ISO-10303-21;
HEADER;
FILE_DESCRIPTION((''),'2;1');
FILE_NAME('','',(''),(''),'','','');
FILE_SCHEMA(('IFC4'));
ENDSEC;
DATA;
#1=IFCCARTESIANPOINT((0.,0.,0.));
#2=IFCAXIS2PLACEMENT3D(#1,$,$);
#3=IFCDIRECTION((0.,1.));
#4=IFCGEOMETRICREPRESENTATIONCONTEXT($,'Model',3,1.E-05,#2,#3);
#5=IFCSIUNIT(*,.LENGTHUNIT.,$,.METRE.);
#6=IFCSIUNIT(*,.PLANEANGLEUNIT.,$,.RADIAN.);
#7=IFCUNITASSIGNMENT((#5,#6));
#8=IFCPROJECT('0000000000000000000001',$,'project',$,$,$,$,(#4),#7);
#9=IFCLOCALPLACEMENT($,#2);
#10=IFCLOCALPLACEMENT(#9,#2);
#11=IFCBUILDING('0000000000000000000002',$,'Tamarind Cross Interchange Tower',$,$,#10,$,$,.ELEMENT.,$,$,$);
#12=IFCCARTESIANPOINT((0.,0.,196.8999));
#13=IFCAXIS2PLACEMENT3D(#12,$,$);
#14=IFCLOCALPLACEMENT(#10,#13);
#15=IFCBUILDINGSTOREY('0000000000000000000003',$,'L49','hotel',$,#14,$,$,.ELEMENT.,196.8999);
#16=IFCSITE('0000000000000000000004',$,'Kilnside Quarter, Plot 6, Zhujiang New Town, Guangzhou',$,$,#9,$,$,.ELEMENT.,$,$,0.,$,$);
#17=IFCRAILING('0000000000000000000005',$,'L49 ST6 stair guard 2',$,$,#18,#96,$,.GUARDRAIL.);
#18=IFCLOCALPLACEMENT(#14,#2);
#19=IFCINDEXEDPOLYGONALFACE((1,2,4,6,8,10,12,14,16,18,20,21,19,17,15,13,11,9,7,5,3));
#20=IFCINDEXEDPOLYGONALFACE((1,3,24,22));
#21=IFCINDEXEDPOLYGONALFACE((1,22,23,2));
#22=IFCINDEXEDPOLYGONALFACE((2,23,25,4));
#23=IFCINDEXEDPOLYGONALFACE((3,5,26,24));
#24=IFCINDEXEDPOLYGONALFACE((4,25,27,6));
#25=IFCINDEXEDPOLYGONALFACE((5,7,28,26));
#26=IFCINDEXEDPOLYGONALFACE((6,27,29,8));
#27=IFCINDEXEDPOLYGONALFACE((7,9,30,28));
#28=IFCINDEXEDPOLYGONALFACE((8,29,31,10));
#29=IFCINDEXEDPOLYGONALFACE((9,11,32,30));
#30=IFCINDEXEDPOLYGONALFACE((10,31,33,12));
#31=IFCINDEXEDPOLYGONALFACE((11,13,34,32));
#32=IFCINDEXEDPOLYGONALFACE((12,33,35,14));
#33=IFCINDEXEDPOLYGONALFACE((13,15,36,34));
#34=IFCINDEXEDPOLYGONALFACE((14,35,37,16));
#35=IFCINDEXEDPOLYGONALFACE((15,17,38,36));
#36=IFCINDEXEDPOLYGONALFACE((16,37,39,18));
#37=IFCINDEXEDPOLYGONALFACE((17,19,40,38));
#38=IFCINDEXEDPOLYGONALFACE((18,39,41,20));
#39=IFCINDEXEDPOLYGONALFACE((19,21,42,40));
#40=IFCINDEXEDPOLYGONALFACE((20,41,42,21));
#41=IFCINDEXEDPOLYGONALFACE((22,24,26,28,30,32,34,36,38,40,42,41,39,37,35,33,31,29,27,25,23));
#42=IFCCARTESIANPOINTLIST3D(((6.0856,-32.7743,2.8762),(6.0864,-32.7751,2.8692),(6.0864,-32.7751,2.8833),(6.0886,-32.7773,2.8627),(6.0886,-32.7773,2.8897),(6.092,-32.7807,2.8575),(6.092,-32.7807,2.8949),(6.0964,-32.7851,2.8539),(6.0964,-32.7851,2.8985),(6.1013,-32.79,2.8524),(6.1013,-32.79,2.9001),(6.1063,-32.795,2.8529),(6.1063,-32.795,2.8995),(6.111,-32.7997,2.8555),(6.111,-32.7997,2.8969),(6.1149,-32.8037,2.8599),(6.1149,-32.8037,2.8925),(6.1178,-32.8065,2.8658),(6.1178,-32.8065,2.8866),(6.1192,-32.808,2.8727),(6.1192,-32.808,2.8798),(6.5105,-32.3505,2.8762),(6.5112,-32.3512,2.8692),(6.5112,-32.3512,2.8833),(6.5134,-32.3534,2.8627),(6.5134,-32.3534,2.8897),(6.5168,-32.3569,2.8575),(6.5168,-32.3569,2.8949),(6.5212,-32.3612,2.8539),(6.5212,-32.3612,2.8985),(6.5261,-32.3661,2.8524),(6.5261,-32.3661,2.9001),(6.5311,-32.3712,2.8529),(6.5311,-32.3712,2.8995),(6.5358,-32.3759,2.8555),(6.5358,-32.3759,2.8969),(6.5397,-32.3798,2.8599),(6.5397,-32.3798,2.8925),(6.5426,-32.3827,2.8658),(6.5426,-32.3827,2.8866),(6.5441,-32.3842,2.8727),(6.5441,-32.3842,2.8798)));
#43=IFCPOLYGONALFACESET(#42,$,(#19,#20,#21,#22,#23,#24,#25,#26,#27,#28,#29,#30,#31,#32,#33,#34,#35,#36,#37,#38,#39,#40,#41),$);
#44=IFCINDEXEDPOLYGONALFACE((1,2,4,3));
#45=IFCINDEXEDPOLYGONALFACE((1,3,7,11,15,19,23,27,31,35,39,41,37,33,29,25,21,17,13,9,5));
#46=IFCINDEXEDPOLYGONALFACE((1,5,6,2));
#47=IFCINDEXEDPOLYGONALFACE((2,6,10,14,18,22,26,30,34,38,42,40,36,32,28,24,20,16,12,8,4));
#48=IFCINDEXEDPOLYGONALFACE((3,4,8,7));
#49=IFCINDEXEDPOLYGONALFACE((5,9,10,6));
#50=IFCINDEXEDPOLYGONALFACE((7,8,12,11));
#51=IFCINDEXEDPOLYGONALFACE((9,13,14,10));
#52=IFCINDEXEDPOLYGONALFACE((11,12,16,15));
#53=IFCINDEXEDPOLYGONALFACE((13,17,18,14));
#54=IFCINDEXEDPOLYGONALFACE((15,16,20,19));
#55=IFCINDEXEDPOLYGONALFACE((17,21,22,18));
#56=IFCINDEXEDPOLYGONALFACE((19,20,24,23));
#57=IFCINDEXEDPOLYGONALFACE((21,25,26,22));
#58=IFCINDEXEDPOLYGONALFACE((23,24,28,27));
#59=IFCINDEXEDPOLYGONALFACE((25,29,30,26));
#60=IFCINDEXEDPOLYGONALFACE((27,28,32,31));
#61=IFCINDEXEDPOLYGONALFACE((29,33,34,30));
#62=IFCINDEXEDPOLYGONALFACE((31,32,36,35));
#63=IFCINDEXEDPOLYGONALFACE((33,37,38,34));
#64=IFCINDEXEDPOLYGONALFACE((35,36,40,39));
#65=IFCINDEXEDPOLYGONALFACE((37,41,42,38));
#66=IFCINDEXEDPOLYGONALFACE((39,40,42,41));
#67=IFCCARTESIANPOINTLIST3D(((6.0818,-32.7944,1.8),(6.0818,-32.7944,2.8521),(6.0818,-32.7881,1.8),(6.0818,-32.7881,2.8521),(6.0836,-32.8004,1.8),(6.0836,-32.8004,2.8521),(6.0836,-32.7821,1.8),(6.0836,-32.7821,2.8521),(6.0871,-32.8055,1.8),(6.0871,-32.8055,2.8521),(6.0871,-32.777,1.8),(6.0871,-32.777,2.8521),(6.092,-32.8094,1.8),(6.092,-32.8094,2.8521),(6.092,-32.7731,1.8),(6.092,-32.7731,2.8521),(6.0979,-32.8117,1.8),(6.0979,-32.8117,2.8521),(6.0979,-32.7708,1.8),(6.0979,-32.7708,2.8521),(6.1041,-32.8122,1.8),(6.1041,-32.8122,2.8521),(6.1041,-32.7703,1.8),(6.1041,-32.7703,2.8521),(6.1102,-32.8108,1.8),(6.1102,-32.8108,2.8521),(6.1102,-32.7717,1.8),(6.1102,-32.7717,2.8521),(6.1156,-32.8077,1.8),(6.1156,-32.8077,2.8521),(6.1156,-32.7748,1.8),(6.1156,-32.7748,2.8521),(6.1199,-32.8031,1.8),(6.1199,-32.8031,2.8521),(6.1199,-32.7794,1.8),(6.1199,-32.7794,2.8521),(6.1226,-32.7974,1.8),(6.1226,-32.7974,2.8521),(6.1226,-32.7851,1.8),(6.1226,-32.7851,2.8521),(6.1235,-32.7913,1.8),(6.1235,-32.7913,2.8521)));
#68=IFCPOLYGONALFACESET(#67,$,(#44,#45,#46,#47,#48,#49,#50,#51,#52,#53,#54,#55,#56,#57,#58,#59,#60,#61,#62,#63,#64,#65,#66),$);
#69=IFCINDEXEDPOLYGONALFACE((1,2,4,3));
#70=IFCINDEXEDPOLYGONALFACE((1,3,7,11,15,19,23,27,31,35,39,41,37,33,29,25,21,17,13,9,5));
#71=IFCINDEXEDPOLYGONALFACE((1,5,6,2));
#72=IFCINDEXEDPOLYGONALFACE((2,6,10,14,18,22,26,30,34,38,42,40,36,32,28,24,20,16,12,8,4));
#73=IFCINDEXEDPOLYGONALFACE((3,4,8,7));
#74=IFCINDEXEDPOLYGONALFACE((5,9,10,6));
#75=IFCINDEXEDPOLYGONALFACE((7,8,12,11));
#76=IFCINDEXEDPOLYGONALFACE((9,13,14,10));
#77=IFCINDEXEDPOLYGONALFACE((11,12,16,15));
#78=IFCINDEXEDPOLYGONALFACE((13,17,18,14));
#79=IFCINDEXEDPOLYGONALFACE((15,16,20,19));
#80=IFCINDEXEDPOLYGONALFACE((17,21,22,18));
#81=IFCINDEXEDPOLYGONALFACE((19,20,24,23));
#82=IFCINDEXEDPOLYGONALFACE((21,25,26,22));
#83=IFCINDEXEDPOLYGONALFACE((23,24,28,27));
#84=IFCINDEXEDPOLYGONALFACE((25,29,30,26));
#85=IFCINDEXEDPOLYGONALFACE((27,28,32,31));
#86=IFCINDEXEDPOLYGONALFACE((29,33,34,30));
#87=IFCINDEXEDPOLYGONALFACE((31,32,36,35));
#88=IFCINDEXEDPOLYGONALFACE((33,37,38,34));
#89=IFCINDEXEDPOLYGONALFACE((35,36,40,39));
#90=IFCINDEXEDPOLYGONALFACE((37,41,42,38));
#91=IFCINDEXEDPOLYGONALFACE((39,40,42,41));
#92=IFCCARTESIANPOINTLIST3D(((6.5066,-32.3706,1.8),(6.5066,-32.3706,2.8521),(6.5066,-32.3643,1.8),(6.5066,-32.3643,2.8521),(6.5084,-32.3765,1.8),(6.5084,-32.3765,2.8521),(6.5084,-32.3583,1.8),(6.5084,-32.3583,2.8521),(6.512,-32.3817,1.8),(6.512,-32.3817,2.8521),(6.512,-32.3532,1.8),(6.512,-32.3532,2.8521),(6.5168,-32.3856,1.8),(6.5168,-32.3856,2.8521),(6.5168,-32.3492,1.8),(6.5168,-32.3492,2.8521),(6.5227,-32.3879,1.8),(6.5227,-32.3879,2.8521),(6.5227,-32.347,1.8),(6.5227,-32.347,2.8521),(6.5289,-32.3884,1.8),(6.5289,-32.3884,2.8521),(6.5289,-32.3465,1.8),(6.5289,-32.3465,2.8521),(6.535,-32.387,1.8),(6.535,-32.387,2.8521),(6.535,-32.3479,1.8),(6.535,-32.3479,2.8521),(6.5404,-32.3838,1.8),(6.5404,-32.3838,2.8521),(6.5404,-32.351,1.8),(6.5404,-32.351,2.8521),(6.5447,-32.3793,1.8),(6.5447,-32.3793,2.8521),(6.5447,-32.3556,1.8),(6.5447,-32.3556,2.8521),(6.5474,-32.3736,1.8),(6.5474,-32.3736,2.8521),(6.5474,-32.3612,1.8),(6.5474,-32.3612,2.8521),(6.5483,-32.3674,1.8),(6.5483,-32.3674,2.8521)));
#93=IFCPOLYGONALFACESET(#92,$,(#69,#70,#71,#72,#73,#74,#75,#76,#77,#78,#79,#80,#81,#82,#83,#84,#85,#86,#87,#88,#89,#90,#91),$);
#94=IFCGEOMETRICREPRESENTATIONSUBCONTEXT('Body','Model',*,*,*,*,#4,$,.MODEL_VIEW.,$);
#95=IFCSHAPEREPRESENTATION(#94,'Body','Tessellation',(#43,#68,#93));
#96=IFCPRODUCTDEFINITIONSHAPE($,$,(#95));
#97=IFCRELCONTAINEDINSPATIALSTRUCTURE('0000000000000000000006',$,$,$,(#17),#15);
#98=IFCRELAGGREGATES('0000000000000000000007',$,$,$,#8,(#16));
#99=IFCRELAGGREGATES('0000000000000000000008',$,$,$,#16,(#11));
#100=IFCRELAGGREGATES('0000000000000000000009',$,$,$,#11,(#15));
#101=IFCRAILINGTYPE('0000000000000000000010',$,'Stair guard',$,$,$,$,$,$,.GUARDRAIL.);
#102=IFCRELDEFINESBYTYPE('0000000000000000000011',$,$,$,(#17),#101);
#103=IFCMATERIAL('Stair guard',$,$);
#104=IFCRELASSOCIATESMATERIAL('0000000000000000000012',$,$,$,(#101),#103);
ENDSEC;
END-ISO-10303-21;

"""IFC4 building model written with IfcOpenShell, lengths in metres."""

from ifc_helpers import new_model, si_unit, direction, frame, origin, origin_2d, place, context, subcontext, project, spatial, circle, extrude, material, type_object, element, save


model = new_model("IFC4")

# Units and contexts
model_context = context("Model", 3, precision=1e-05, world=origin(), true_north=direction((0.0, 1.0)))
body_context = subcontext(model_context, "Body", "Model", "MODEL_VIEW")
ifc_project = project(units=[si_unit("LENGTHUNIT", "METRE"), si_unit("PLANEANGLEUNIT", "RADIAN")], contexts=[model_context])

# Site, building, storey
site_placement = place(None, origin())
site = spatial("IfcSite", under=ifc_project, at=site_placement, Name="Kilnside Quarter, Plot 6, Zhujiang New Town, Guangzhou", CompositionType="ELEMENT", RefElevation=0.0)
building_placement = place(site_placement, origin())
building = spatial("IfcBuilding", under=site, at=building_placement, Name="Tamarind Cross Interchange Tower", CompositionType="ELEMENT")
storey_placement = place(building_placement, frame((0.0, 0.0, 196.8999)))
storey = spatial("IfcBuildingStorey", under=building, at=storey_placement, Name="L49", Description="hotel", CompositionType="ELEMENT", Elevation=196.8999)

# Railing
ifc_material_1 = material(Name="Stair guard")
railing_type_1 = type_object("IfcRailingType", Name="Stair guard", PredefinedType="GUARDRAIL", material=ifc_material_1)
railing_1_placement = place(storey_placement, frame((6.1025, -32.7913, 1.8)))
element("IfcRailing", 1, at=railing_1_placement, inside=storey, type_object=railing_type_1, Name="L49 ST6 stair guard 2", PredefinedType="GUARDRAIL", context=body_context, shape_type="SweptSolid", body=[
    extrude(circle(Radius=0.0239, at=origin_2d()), frame((0.0, 0.0, 1.0762), z_axis=(0.70792, 0.706293, 0.0), x_axis=(-0.706293, 0.70792, 0.0)), (0.0, 0.0, 1.0), 0.6001),
    extrude(circle(Radius=0.021, at=origin_2d()), origin(), (0.0, 0.0, 1.0), 1.052),
    extrude(circle(Radius=0.021, at=origin_2d()), frame((0.4248, 0.4238, 0.0)), (0.0, 0.0, 1.0), 1.052),
])

save(model, "model.ifc")
